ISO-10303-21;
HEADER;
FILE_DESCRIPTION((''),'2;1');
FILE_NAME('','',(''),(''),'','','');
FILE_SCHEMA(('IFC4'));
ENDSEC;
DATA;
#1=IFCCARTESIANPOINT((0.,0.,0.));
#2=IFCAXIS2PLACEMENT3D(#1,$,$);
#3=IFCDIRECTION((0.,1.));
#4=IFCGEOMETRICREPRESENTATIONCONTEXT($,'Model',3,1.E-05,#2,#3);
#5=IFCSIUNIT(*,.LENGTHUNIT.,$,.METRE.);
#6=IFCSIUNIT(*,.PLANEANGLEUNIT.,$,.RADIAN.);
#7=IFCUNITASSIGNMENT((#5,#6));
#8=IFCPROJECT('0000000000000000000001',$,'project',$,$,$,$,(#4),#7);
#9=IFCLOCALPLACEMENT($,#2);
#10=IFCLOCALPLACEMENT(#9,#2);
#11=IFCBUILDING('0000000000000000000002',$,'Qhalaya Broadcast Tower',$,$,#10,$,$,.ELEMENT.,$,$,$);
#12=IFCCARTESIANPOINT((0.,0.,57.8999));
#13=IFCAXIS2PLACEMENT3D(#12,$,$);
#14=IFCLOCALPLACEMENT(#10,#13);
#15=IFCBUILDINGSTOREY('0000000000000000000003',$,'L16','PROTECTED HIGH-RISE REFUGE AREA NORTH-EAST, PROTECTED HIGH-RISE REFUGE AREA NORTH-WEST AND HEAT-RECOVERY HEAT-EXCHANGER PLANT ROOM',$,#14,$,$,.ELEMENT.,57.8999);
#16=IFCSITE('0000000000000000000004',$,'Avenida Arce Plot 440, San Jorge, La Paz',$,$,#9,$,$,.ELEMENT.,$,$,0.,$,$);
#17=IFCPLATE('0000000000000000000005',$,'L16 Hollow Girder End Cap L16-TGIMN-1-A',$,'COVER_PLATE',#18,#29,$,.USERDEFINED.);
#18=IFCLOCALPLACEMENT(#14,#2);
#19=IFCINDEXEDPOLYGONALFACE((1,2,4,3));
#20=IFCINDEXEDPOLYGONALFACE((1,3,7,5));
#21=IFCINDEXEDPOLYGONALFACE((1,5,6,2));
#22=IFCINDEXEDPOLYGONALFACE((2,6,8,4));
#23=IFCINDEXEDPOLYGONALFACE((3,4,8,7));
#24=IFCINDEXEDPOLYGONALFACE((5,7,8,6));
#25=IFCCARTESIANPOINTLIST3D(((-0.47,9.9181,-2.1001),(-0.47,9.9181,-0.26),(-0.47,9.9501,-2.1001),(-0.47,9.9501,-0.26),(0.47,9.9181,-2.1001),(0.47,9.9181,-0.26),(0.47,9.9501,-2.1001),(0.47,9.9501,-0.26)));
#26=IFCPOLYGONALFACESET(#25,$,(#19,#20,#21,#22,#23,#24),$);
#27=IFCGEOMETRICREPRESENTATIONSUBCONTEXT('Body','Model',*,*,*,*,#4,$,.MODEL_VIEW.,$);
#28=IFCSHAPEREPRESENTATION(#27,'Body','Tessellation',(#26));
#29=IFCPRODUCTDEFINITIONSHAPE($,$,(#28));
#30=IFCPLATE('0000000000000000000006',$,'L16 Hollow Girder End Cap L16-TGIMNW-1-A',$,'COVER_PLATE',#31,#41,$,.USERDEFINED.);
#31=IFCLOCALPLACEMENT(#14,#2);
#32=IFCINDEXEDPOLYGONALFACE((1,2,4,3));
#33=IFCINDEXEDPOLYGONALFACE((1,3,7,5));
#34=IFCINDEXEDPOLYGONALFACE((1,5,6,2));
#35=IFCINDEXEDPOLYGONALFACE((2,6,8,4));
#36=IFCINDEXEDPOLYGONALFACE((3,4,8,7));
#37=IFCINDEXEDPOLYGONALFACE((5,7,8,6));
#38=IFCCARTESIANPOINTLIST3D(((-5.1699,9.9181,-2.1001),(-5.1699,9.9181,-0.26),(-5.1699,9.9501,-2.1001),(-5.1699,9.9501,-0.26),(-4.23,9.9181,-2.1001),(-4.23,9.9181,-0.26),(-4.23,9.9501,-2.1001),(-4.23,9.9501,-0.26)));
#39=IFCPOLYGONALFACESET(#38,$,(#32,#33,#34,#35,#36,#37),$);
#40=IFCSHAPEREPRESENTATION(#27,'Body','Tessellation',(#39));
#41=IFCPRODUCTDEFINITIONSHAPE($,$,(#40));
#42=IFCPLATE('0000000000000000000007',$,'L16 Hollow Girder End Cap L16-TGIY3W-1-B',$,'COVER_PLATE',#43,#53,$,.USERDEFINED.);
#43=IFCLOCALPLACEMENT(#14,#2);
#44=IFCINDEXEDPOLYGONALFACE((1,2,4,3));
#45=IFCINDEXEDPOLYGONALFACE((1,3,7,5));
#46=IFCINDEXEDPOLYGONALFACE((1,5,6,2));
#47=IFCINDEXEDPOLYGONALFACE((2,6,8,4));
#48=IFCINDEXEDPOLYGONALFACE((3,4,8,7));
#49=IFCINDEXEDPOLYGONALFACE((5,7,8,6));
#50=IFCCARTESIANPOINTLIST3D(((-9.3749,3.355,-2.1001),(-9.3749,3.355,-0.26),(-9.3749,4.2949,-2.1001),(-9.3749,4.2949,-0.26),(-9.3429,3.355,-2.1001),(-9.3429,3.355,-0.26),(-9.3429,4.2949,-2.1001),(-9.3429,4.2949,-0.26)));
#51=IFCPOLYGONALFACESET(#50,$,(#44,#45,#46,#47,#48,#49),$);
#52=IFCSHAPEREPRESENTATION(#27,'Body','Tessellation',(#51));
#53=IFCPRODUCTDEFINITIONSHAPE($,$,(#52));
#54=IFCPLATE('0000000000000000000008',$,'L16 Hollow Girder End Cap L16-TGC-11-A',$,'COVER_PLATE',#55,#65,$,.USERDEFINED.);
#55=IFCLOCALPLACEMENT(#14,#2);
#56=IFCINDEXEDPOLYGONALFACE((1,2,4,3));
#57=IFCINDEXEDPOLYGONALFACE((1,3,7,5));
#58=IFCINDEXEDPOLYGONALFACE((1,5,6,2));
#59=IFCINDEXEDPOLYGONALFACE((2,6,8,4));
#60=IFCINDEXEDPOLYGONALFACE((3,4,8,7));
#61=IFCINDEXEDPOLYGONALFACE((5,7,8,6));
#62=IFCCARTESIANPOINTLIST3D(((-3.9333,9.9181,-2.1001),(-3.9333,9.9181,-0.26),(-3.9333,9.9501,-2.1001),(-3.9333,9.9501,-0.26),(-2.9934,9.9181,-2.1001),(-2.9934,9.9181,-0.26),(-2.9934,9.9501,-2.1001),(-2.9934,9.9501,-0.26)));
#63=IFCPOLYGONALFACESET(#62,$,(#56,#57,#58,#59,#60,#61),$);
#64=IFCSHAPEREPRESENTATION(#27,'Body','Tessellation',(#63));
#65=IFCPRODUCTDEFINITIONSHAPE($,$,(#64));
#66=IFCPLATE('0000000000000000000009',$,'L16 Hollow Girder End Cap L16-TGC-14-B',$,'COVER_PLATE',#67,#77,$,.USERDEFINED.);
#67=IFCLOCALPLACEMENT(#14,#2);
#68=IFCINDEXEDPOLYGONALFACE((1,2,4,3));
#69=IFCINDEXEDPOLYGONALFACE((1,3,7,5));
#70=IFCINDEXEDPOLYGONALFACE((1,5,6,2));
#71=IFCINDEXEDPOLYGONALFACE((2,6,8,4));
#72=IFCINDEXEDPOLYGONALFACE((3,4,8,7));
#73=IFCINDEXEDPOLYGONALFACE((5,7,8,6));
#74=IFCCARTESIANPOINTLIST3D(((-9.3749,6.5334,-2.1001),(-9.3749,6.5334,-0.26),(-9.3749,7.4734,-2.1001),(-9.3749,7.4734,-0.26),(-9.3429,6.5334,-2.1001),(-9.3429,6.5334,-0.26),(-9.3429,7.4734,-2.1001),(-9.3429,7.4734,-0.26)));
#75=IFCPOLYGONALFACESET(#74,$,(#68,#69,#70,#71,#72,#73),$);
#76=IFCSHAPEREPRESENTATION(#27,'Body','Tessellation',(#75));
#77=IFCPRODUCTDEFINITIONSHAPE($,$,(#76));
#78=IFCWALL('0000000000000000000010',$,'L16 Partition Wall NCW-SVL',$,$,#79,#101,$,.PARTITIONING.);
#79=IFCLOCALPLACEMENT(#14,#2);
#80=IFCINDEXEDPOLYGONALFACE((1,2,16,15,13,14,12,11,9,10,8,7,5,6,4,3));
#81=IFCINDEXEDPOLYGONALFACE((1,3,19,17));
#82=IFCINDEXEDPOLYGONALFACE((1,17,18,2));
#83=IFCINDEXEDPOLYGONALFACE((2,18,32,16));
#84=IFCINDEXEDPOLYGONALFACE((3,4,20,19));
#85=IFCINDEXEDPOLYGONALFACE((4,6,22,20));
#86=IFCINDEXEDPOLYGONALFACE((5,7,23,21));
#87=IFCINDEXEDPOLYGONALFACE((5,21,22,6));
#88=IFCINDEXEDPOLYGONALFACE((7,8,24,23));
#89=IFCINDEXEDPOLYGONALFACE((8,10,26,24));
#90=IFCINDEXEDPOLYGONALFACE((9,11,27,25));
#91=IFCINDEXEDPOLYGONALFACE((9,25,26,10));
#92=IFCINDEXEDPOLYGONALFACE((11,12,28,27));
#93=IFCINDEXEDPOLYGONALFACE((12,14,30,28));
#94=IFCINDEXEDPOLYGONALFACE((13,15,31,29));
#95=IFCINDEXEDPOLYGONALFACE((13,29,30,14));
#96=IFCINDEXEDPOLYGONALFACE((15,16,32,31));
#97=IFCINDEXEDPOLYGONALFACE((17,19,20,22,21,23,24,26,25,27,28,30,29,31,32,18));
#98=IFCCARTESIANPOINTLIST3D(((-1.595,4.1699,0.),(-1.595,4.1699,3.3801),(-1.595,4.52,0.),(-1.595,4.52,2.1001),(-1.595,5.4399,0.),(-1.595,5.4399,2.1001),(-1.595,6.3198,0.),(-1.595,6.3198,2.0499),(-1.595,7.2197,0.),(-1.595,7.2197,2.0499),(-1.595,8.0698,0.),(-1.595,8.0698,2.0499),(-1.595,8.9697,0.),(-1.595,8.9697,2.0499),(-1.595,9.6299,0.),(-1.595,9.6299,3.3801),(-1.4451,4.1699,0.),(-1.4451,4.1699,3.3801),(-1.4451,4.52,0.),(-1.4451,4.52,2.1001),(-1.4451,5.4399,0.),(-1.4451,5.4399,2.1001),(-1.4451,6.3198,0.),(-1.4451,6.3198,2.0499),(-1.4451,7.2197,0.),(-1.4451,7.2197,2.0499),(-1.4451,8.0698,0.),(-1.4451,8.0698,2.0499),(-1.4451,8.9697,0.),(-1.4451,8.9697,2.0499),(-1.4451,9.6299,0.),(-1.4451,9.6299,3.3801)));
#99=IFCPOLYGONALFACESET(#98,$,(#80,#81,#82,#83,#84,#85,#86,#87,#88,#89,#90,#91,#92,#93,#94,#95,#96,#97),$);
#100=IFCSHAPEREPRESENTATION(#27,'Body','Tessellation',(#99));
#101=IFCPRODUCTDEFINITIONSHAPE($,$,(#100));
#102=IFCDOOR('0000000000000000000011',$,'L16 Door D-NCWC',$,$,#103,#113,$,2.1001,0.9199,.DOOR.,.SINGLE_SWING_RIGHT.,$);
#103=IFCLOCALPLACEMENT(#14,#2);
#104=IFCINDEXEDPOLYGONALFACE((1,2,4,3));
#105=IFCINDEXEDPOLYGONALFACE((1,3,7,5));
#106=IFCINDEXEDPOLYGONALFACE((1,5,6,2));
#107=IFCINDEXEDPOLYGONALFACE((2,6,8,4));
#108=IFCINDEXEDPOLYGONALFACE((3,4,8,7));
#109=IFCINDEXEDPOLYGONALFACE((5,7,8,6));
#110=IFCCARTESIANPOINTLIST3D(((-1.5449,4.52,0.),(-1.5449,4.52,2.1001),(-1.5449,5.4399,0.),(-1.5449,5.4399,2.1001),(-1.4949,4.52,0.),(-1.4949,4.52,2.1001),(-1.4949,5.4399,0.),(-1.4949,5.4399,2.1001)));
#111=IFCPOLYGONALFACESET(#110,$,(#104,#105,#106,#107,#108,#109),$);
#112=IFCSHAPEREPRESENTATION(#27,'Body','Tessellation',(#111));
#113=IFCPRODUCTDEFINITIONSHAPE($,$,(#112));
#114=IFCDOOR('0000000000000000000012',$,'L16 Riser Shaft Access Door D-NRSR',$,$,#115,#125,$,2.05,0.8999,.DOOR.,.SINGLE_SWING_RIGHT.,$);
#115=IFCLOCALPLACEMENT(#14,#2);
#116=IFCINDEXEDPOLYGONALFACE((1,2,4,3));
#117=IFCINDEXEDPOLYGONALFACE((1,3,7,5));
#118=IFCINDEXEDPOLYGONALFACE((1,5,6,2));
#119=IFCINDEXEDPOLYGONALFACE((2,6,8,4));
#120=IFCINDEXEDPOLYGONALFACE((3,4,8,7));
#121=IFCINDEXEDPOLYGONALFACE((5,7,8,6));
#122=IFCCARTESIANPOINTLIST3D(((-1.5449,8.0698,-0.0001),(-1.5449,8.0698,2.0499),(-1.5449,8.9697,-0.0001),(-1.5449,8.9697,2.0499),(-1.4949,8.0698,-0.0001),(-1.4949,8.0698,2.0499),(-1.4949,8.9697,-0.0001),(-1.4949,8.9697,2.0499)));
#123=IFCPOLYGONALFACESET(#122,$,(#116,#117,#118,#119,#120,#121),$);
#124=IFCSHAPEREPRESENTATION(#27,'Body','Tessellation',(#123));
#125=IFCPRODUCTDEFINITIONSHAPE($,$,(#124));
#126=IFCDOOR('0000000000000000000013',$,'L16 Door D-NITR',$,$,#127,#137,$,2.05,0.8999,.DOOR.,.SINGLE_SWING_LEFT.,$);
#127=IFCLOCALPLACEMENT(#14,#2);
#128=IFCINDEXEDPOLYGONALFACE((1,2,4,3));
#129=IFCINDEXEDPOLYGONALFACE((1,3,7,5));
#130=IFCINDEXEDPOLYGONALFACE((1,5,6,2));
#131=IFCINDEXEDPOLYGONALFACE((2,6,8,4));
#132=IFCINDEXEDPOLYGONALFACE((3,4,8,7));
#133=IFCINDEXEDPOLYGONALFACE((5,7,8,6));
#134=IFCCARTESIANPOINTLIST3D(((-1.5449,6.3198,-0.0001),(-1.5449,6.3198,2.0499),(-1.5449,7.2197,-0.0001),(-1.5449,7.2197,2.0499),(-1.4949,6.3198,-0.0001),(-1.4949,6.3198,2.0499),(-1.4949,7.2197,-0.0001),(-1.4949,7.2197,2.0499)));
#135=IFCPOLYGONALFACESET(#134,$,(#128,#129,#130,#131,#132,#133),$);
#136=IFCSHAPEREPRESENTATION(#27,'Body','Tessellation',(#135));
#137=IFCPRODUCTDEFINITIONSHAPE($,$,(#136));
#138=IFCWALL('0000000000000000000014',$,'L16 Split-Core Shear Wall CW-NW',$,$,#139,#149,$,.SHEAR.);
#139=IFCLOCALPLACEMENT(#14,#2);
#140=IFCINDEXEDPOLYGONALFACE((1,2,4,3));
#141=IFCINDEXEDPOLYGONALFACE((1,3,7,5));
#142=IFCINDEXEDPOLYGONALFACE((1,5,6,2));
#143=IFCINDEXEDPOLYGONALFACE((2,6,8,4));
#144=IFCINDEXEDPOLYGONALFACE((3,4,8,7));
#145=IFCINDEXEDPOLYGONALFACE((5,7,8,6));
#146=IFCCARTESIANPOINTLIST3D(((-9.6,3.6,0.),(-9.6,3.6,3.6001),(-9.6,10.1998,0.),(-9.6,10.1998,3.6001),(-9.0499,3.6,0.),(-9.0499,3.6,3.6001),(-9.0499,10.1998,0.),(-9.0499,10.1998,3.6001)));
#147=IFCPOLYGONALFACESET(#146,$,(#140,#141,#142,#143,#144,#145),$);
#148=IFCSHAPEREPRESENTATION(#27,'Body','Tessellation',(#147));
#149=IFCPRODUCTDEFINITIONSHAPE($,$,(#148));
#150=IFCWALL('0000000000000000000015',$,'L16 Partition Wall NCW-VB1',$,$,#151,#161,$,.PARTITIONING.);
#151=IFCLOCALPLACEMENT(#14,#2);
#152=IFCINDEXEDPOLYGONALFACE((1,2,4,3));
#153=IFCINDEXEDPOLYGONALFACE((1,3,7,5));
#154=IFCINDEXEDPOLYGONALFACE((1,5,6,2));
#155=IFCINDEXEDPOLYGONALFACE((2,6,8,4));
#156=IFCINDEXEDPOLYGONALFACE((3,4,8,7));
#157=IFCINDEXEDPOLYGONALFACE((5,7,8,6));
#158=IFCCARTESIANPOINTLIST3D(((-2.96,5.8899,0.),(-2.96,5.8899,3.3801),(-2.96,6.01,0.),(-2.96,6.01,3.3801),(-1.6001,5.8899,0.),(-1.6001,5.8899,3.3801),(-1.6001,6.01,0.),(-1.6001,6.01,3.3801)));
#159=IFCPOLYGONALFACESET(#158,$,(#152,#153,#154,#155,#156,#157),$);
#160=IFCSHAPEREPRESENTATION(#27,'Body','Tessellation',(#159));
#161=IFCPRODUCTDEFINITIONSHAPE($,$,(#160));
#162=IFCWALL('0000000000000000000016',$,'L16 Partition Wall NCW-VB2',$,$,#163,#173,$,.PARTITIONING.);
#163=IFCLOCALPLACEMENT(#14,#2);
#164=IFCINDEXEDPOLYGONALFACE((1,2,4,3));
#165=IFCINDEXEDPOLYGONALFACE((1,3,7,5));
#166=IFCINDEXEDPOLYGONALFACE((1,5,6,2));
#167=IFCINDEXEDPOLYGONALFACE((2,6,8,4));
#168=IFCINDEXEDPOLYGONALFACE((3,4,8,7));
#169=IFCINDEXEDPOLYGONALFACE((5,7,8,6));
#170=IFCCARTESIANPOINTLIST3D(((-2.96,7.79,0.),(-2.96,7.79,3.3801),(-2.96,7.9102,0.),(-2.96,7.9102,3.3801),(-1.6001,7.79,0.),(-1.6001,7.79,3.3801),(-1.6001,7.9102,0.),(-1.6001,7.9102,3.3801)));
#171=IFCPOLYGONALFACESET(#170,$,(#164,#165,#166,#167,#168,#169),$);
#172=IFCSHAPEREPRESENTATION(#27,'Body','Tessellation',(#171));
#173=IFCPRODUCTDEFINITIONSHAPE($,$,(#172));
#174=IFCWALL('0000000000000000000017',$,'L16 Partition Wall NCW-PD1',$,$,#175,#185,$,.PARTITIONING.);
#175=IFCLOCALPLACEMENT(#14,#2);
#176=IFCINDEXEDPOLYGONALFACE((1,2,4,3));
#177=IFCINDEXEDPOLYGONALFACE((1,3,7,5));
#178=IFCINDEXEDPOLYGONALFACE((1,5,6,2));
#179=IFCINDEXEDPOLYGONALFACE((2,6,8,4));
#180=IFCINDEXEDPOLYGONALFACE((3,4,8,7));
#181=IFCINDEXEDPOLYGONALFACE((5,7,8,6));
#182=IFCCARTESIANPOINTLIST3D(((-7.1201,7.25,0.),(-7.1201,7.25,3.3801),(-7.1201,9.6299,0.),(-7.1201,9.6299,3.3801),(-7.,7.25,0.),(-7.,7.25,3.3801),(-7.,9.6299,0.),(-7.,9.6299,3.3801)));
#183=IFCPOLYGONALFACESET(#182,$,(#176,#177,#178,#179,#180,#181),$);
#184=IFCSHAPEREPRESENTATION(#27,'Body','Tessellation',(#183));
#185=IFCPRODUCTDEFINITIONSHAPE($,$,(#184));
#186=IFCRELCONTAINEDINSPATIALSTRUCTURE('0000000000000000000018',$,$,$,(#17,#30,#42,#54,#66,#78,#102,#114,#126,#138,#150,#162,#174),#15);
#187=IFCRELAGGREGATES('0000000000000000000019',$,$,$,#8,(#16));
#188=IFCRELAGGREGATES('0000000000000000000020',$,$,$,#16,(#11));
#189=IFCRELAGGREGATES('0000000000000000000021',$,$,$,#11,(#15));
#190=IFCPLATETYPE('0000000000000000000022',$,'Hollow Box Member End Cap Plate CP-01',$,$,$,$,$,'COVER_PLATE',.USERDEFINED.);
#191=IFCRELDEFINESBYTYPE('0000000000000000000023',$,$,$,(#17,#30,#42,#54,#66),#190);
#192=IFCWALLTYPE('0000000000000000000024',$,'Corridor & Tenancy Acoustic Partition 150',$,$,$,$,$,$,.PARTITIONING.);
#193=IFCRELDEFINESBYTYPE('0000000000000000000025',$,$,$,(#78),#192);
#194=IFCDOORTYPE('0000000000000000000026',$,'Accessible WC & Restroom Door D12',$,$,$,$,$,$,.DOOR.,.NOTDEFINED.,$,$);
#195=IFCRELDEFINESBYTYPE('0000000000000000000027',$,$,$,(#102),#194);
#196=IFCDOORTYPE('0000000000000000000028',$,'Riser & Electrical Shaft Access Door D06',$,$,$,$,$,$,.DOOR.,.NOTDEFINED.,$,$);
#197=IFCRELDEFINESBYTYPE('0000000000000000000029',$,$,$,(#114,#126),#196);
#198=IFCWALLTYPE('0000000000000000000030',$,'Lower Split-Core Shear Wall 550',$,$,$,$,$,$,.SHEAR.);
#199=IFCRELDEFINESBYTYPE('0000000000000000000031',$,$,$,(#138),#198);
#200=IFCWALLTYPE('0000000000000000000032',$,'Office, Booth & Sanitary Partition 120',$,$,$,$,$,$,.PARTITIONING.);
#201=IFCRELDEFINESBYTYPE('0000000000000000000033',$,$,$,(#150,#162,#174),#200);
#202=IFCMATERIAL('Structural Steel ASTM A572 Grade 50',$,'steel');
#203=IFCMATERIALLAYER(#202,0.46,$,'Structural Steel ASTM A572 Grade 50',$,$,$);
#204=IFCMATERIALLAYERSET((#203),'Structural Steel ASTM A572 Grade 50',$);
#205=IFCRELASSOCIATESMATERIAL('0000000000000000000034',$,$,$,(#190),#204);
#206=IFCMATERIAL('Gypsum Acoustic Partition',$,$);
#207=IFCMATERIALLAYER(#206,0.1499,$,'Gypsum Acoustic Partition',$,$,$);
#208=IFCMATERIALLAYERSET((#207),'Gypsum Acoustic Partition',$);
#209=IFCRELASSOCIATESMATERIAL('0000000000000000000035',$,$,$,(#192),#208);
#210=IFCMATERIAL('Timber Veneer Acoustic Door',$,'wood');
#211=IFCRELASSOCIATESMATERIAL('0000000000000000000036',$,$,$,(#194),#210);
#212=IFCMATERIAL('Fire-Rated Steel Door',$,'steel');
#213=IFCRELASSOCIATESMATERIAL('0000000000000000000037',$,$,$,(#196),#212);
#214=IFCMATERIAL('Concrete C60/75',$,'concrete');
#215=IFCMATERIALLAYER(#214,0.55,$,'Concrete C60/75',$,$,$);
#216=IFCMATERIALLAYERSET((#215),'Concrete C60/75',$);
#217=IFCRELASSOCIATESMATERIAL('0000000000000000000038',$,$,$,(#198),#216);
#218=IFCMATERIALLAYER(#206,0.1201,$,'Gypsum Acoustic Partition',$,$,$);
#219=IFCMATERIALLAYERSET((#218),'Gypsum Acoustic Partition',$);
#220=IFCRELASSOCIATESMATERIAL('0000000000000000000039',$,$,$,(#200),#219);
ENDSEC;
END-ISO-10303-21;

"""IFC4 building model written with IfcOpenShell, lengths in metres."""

from ifc_helpers import new_model, si_unit, direction, frame, frame_2d, origin, origin_2d, place, context, subcontext, project, spatial, rectangle, extrude, material, layer, layer_set, type_object, element, fill, save


model = new_model("IFC4")

# Units and contexts
model_context = context("Model", 3, precision=1e-05, world=origin(), true_north=direction((0.0, 1.0)))
body_context = subcontext(model_context, "Body", "Model", "MODEL_VIEW")
ifc_project = project(units=[si_unit("LENGTHUNIT", "METRE"), si_unit("PLANEANGLEUNIT", "RADIAN")], contexts=[model_context])

# Site, building, storey
site_placement = place(None, origin())
site = spatial("IfcSite", under=ifc_project, at=site_placement, Name="Avenida Arce Plot 440, San Jorge, La Paz", CompositionType="ELEMENT", RefElevation=0.0)
building_placement = place(site_placement, origin())
building = spatial("IfcBuilding", under=site, at=building_placement, Name="Qhalaya Broadcast Tower", CompositionType="ELEMENT")
storey_placement = place(building_placement, frame((0.0, 0.0, 57.8999)))
storey = spatial("IfcBuildingStorey", under=building, at=storey_placement, Name="L16", Description="PROTECTED HIGH-RISE REFUGE AREA NORTH-EAST, PROTECTED HIGH-RISE REFUGE AREA NORTH-WEST AND HEAT-RECOVERY HEAT-EXCHANGER PLANT ROOM", CompositionType="ELEMENT", Elevation=57.8999)

# Plates
ifc_material_1 = material(Name="Structural Steel ASTM A572 Grade 50", Category="steel")
ifc_layer_1 = layer(ifc_material_1, 0.46, Name="Structural Steel ASTM A572 Grade 50")
ifc_layer_set_1 = layer_set([ifc_layer_1], Name="Structural Steel ASTM A572 Grade 50")
plate_type = type_object("IfcPlateType", Name="Hollow Box Member End Cap Plate CP-01", ElementType="COVER_PLATE", PredefinedType="USERDEFINED", material=ifc_layer_set_1)
for number, where, z_axis, x_axis, name in (
    (1, (0.0, 9.9341, -2.1001), (0.0, 0.0, 1.0), (-1.0, 0.0, 0.0), "L16 Hollow Girder End Cap L16-TGIMN-1-A"),
    (2, (-4.7, 9.9341, -2.1001), (0.0, 0.0, 1.0), (-1.0, 0.0, 0.0), "L16 Hollow Girder End Cap L16-TGIMNW-1-A"),
    (3, (-9.3589, 3.825, -2.1001), (0.0, 0.0, 1.0), (0.0, 1.0, 0.0), "L16 Hollow Girder End Cap L16-TGIY3W-1-B"),
    (4, (-3.4634, 9.9341, -2.1001), (0.0, 0.0, 1.0), (-1.0, 0.0, 0.0), "L16 Hollow Girder End Cap L16-TGC-11-A"),
    (5, (-9.3589, 7.0034, -2.1001), (0.0, 0.0, 1.0), (0.0, 1.0, 0.0), "L16 Hollow Girder End Cap L16-TGC-14-B"),
):
    element("IfcPlate", number, at=place(storey_placement, frame(where, z_axis=z_axis, x_axis=x_axis)), inside=storey, type_object=plate_type, Name=name, ObjectType="COVER_PLATE", PredefinedType="USERDEFINED", context=body_context, shape_type="SweptSolid", body=[
        extrude(rectangle(XDim=0.9399, YDim=0.032, at=origin_2d()), origin(), (0.0, 0.0, 1.0), 1.8401),
    ])

# Wall, openings, doors
ifc_material_2 = material(Name="Gypsum Acoustic Partition")
ifc_layer_2 = layer(ifc_material_2, 0.1499, Name="Gypsum Acoustic Partition")
ifc_layer_set_2 = layer_set([ifc_layer_2], Name="Gypsum Acoustic Partition")
wall_type_1 = type_object("IfcWallType", Name="Corridor & Tenancy Acoustic Partition 150", PredefinedType="PARTITIONING", material=ifc_layer_set_2)
wall_1_placement = place(storey_placement, frame((-1.52, 4.1699, 0.0), z_axis=(0.0, 0.0, 1.0), x_axis=(0.0, 1.0, 0.0)))
wall_1 = element("IfcWall", 6, at=wall_1_placement, inside=storey, type_object=wall_type_1, Name="L16 Partition Wall NCW-SVL", PredefinedType="PARTITIONING", context=body_context, shape_type="SweptSolid", body=[
    extrude(rectangle(XDim=5.46, YDim=0.1499, at=frame_2d((2.73, 0.0))), origin(), (0.0, 0.0, 1.0), 3.3801),
])
opening_1_placement = place(wall_1_placement, frame((3.8999, 0.0, 0.0)))
opening_1 = element("IfcOpeningElement", 7, at=opening_1_placement, cuts=wall_1, PredefinedType="OPENING", context=body_context, shape_type="SweptSolid", body=[
    extrude(rectangle(XDim=0.8999, YDim=2.05, at=frame_2d((0.45, 1.0249))), frame((0.0, 0.0869, 0.0), z_axis=(0.0, -1.0, 0.0), x_axis=(1.0, 0.0, 0.0)), (0.0, 0.0, 1.0), 0.1738),
])
opening_2_placement = place(wall_1_placement, frame((2.1499, 0.0, 0.0)))
opening_2 = element("IfcOpeningElement", 8, at=opening_2_placement, cuts=wall_1, PredefinedType="OPENING", context=body_context, shape_type="SweptSolid", body=[
    extrude(rectangle(XDim=0.8999, YDim=2.05, at=frame_2d((0.45, 1.0249))), frame((0.0, 0.0869, 0.0), z_axis=(0.0, -1.0, 0.0), x_axis=(1.0, 0.0, 0.0)), (0.0, 0.0, 1.0), 0.1738),
])
opening_3_placement = place(wall_1_placement, frame((0.3501, 0.0, 0.0)))
opening_3 = element("IfcOpeningElement", 9, at=opening_3_placement, cuts=wall_1, PredefinedType="OPENING", context=body_context, shape_type="SweptSolid", body=[
    extrude(rectangle(XDim=0.9199, YDim=2.1001, at=frame_2d((0.46, 1.05))), frame((0.0, 0.0869, 0.0), z_axis=(0.0, -1.0, 0.0), x_axis=(1.0, 0.0, 0.0)), (0.0, 0.0, 1.0), 0.1738),
])
ifc_material_3 = material(Name="Timber Veneer Acoustic Door", Category="wood")
door_type_1 = type_object("IfcDoorType", Name="Accessible WC & Restroom Door D12", OperationType="NOTDEFINED", PredefinedType="DOOR", material=ifc_material_3)
door_1_placement = place(opening_3_placement, origin())
door_1 = element("IfcDoor", 10, at=door_1_placement, inside=storey, type_object=door_type_1, Name="L16 Door D-NCWC", OperationType="SINGLE_SWING_RIGHT", OverallHeight=2.1001, OverallWidth=0.9199, PredefinedType="DOOR", context=body_context, shape_type="SweptSolid", body=[
    extrude(rectangle(XDim=0.9199, YDim=2.1001, at=frame_2d((0.46, 1.05))), frame((0.0, 0.0249, 0.0), z_axis=(0.0, -1.0, 0.0), x_axis=(1.0, 0.0, 0.0)), (0.0, 0.0, 1.0), 0.05),
])
fill(opening_3, door_1)
ifc_material_4 = material(Name="Fire-Rated Steel Door", Category="steel")
door_type_2 = type_object("IfcDoorType", Name="Riser & Electrical Shaft Access Door D06", OperationType="NOTDEFINED", PredefinedType="DOOR", material=ifc_material_4)
door_2_placement = place(opening_1_placement, origin())
door_2 = element("IfcDoor", 11, at=door_2_placement, inside=storey, type_object=door_type_2, Name="L16 Riser Shaft Access Door D-NRSR", OperationType="SINGLE_SWING_RIGHT", OverallHeight=2.05, OverallWidth=0.8999, PredefinedType="DOOR", context=body_context, shape_type="SweptSolid", body=[
    extrude(rectangle(XDim=0.8999, YDim=2.05, at=frame_2d((0.45, 1.0249))), frame((0.0, 0.0249, 0.0), z_axis=(0.0, -1.0, 0.0), x_axis=(1.0, 0.0, 0.0)), (0.0, 0.0, 1.0), 0.05),
])
fill(opening_1, door_2)
door_3_placement = place(opening_2_placement, origin())
door_3 = element("IfcDoor", 12, at=door_3_placement, inside=storey, type_object=door_type_2, Name="L16 Door D-NITR", OperationType="SINGLE_SWING_LEFT", OverallHeight=2.05, OverallWidth=0.8999, PredefinedType="DOOR", context=body_context, shape_type="SweptSolid", body=[
    extrude(rectangle(XDim=0.8999, YDim=2.05, at=frame_2d((0.45, 1.0249))), frame((0.0, 0.0249, 0.0), z_axis=(0.0, -1.0, 0.0), x_axis=(1.0, 0.0, 0.0)), (0.0, 0.0, 1.0), 0.05),
])
fill(opening_2, door_3)

# Walls
ifc_material_5 = material(Name="Concrete C60/75", Category="concrete")
ifc_layer_3 = layer(ifc_material_5, 0.55, Name="Concrete C60/75")
ifc_layer_set_3 = layer_set([ifc_layer_3], Name="Concrete C60/75")
wall_type_2 = type_object("IfcWallType", Name="Lower Split-Core Shear Wall 550", PredefinedType="SHEAR", material=ifc_layer_set_3)
wall_2_placement = place(storey_placement, frame((-9.325, 3.6001, 0.0), z_axis=(0.0, 0.0, 1.0), x_axis=(0.0, 1.0, 0.0)))
element("IfcWall", 13, at=wall_2_placement, inside=storey, type_object=wall_type_2, Name="L16 Split-Core Shear Wall CW-NW", PredefinedType="SHEAR", context=body_context, shape_type="SweptSolid", body=[
    extrude(rectangle(XDim=6.5999, YDim=0.55, at=frame_2d((3.2998, 0.0))), origin(), (0.0, 0.0, 1.0), 3.6001),
])
ifc_layer_4 = layer(ifc_material_2, 0.1201, Name="Gypsum Acoustic Partition")
ifc_layer_set_4 = layer_set([ifc_layer_4], Name="Gypsum Acoustic Partition")
wall_type_3 = type_object("IfcWallType", Name="Office, Booth & Sanitary Partition 120", PredefinedType="PARTITIONING", material=ifc_layer_set_4)
for number, where, z_axis, x_axis, name in (
    (14, (-2.96, 5.95, 0.0), (0.0, 0.0, 1.0), (1.0, 0.0, 0.0), "L16 Partition Wall NCW-VB1"),
    (15, (-2.96, 7.8501, 0.0), (0.0, 0.0, 1.0), (1.0, 0.0, 0.0), "L16 Partition Wall NCW-VB2"),
):
    element("IfcWall", number, at=place(storey_placement, frame(where, z_axis=z_axis, x_axis=x_axis)), inside=storey, type_object=wall_type_3, Name=name, PredefinedType="PARTITIONING", context=body_context, shape_type="SweptSolid", body=[
        extrude(rectangle(XDim=1.3599, YDim=0.1201, at=frame_2d((0.6799, 0.0))), origin(), (0.0, 0.0, 1.0), 3.3801),
    ])
for number, where, z_axis, x_axis, name in (
    (16, (-7.0601, 7.25, 0.0), (0.0, 0.0, 1.0), (0.0, 1.0, 0.0), "L16 Partition Wall NCW-PD1"),
):
    element("IfcWall", number, at=place(storey_placement, frame(where, z_axis=z_axis, x_axis=x_axis)), inside=storey, type_object=wall_type_3, Name=name, PredefinedType="PARTITIONING", context=body_context, shape_type="SweptSolid", body=[
        extrude(rectangle(XDim=2.3799, YDim=0.1201, at=frame_2d((1.1899, 0.0))), origin(), (0.0, 0.0, 1.0), 3.3801),
    ])

save(model, "model.ifc")
